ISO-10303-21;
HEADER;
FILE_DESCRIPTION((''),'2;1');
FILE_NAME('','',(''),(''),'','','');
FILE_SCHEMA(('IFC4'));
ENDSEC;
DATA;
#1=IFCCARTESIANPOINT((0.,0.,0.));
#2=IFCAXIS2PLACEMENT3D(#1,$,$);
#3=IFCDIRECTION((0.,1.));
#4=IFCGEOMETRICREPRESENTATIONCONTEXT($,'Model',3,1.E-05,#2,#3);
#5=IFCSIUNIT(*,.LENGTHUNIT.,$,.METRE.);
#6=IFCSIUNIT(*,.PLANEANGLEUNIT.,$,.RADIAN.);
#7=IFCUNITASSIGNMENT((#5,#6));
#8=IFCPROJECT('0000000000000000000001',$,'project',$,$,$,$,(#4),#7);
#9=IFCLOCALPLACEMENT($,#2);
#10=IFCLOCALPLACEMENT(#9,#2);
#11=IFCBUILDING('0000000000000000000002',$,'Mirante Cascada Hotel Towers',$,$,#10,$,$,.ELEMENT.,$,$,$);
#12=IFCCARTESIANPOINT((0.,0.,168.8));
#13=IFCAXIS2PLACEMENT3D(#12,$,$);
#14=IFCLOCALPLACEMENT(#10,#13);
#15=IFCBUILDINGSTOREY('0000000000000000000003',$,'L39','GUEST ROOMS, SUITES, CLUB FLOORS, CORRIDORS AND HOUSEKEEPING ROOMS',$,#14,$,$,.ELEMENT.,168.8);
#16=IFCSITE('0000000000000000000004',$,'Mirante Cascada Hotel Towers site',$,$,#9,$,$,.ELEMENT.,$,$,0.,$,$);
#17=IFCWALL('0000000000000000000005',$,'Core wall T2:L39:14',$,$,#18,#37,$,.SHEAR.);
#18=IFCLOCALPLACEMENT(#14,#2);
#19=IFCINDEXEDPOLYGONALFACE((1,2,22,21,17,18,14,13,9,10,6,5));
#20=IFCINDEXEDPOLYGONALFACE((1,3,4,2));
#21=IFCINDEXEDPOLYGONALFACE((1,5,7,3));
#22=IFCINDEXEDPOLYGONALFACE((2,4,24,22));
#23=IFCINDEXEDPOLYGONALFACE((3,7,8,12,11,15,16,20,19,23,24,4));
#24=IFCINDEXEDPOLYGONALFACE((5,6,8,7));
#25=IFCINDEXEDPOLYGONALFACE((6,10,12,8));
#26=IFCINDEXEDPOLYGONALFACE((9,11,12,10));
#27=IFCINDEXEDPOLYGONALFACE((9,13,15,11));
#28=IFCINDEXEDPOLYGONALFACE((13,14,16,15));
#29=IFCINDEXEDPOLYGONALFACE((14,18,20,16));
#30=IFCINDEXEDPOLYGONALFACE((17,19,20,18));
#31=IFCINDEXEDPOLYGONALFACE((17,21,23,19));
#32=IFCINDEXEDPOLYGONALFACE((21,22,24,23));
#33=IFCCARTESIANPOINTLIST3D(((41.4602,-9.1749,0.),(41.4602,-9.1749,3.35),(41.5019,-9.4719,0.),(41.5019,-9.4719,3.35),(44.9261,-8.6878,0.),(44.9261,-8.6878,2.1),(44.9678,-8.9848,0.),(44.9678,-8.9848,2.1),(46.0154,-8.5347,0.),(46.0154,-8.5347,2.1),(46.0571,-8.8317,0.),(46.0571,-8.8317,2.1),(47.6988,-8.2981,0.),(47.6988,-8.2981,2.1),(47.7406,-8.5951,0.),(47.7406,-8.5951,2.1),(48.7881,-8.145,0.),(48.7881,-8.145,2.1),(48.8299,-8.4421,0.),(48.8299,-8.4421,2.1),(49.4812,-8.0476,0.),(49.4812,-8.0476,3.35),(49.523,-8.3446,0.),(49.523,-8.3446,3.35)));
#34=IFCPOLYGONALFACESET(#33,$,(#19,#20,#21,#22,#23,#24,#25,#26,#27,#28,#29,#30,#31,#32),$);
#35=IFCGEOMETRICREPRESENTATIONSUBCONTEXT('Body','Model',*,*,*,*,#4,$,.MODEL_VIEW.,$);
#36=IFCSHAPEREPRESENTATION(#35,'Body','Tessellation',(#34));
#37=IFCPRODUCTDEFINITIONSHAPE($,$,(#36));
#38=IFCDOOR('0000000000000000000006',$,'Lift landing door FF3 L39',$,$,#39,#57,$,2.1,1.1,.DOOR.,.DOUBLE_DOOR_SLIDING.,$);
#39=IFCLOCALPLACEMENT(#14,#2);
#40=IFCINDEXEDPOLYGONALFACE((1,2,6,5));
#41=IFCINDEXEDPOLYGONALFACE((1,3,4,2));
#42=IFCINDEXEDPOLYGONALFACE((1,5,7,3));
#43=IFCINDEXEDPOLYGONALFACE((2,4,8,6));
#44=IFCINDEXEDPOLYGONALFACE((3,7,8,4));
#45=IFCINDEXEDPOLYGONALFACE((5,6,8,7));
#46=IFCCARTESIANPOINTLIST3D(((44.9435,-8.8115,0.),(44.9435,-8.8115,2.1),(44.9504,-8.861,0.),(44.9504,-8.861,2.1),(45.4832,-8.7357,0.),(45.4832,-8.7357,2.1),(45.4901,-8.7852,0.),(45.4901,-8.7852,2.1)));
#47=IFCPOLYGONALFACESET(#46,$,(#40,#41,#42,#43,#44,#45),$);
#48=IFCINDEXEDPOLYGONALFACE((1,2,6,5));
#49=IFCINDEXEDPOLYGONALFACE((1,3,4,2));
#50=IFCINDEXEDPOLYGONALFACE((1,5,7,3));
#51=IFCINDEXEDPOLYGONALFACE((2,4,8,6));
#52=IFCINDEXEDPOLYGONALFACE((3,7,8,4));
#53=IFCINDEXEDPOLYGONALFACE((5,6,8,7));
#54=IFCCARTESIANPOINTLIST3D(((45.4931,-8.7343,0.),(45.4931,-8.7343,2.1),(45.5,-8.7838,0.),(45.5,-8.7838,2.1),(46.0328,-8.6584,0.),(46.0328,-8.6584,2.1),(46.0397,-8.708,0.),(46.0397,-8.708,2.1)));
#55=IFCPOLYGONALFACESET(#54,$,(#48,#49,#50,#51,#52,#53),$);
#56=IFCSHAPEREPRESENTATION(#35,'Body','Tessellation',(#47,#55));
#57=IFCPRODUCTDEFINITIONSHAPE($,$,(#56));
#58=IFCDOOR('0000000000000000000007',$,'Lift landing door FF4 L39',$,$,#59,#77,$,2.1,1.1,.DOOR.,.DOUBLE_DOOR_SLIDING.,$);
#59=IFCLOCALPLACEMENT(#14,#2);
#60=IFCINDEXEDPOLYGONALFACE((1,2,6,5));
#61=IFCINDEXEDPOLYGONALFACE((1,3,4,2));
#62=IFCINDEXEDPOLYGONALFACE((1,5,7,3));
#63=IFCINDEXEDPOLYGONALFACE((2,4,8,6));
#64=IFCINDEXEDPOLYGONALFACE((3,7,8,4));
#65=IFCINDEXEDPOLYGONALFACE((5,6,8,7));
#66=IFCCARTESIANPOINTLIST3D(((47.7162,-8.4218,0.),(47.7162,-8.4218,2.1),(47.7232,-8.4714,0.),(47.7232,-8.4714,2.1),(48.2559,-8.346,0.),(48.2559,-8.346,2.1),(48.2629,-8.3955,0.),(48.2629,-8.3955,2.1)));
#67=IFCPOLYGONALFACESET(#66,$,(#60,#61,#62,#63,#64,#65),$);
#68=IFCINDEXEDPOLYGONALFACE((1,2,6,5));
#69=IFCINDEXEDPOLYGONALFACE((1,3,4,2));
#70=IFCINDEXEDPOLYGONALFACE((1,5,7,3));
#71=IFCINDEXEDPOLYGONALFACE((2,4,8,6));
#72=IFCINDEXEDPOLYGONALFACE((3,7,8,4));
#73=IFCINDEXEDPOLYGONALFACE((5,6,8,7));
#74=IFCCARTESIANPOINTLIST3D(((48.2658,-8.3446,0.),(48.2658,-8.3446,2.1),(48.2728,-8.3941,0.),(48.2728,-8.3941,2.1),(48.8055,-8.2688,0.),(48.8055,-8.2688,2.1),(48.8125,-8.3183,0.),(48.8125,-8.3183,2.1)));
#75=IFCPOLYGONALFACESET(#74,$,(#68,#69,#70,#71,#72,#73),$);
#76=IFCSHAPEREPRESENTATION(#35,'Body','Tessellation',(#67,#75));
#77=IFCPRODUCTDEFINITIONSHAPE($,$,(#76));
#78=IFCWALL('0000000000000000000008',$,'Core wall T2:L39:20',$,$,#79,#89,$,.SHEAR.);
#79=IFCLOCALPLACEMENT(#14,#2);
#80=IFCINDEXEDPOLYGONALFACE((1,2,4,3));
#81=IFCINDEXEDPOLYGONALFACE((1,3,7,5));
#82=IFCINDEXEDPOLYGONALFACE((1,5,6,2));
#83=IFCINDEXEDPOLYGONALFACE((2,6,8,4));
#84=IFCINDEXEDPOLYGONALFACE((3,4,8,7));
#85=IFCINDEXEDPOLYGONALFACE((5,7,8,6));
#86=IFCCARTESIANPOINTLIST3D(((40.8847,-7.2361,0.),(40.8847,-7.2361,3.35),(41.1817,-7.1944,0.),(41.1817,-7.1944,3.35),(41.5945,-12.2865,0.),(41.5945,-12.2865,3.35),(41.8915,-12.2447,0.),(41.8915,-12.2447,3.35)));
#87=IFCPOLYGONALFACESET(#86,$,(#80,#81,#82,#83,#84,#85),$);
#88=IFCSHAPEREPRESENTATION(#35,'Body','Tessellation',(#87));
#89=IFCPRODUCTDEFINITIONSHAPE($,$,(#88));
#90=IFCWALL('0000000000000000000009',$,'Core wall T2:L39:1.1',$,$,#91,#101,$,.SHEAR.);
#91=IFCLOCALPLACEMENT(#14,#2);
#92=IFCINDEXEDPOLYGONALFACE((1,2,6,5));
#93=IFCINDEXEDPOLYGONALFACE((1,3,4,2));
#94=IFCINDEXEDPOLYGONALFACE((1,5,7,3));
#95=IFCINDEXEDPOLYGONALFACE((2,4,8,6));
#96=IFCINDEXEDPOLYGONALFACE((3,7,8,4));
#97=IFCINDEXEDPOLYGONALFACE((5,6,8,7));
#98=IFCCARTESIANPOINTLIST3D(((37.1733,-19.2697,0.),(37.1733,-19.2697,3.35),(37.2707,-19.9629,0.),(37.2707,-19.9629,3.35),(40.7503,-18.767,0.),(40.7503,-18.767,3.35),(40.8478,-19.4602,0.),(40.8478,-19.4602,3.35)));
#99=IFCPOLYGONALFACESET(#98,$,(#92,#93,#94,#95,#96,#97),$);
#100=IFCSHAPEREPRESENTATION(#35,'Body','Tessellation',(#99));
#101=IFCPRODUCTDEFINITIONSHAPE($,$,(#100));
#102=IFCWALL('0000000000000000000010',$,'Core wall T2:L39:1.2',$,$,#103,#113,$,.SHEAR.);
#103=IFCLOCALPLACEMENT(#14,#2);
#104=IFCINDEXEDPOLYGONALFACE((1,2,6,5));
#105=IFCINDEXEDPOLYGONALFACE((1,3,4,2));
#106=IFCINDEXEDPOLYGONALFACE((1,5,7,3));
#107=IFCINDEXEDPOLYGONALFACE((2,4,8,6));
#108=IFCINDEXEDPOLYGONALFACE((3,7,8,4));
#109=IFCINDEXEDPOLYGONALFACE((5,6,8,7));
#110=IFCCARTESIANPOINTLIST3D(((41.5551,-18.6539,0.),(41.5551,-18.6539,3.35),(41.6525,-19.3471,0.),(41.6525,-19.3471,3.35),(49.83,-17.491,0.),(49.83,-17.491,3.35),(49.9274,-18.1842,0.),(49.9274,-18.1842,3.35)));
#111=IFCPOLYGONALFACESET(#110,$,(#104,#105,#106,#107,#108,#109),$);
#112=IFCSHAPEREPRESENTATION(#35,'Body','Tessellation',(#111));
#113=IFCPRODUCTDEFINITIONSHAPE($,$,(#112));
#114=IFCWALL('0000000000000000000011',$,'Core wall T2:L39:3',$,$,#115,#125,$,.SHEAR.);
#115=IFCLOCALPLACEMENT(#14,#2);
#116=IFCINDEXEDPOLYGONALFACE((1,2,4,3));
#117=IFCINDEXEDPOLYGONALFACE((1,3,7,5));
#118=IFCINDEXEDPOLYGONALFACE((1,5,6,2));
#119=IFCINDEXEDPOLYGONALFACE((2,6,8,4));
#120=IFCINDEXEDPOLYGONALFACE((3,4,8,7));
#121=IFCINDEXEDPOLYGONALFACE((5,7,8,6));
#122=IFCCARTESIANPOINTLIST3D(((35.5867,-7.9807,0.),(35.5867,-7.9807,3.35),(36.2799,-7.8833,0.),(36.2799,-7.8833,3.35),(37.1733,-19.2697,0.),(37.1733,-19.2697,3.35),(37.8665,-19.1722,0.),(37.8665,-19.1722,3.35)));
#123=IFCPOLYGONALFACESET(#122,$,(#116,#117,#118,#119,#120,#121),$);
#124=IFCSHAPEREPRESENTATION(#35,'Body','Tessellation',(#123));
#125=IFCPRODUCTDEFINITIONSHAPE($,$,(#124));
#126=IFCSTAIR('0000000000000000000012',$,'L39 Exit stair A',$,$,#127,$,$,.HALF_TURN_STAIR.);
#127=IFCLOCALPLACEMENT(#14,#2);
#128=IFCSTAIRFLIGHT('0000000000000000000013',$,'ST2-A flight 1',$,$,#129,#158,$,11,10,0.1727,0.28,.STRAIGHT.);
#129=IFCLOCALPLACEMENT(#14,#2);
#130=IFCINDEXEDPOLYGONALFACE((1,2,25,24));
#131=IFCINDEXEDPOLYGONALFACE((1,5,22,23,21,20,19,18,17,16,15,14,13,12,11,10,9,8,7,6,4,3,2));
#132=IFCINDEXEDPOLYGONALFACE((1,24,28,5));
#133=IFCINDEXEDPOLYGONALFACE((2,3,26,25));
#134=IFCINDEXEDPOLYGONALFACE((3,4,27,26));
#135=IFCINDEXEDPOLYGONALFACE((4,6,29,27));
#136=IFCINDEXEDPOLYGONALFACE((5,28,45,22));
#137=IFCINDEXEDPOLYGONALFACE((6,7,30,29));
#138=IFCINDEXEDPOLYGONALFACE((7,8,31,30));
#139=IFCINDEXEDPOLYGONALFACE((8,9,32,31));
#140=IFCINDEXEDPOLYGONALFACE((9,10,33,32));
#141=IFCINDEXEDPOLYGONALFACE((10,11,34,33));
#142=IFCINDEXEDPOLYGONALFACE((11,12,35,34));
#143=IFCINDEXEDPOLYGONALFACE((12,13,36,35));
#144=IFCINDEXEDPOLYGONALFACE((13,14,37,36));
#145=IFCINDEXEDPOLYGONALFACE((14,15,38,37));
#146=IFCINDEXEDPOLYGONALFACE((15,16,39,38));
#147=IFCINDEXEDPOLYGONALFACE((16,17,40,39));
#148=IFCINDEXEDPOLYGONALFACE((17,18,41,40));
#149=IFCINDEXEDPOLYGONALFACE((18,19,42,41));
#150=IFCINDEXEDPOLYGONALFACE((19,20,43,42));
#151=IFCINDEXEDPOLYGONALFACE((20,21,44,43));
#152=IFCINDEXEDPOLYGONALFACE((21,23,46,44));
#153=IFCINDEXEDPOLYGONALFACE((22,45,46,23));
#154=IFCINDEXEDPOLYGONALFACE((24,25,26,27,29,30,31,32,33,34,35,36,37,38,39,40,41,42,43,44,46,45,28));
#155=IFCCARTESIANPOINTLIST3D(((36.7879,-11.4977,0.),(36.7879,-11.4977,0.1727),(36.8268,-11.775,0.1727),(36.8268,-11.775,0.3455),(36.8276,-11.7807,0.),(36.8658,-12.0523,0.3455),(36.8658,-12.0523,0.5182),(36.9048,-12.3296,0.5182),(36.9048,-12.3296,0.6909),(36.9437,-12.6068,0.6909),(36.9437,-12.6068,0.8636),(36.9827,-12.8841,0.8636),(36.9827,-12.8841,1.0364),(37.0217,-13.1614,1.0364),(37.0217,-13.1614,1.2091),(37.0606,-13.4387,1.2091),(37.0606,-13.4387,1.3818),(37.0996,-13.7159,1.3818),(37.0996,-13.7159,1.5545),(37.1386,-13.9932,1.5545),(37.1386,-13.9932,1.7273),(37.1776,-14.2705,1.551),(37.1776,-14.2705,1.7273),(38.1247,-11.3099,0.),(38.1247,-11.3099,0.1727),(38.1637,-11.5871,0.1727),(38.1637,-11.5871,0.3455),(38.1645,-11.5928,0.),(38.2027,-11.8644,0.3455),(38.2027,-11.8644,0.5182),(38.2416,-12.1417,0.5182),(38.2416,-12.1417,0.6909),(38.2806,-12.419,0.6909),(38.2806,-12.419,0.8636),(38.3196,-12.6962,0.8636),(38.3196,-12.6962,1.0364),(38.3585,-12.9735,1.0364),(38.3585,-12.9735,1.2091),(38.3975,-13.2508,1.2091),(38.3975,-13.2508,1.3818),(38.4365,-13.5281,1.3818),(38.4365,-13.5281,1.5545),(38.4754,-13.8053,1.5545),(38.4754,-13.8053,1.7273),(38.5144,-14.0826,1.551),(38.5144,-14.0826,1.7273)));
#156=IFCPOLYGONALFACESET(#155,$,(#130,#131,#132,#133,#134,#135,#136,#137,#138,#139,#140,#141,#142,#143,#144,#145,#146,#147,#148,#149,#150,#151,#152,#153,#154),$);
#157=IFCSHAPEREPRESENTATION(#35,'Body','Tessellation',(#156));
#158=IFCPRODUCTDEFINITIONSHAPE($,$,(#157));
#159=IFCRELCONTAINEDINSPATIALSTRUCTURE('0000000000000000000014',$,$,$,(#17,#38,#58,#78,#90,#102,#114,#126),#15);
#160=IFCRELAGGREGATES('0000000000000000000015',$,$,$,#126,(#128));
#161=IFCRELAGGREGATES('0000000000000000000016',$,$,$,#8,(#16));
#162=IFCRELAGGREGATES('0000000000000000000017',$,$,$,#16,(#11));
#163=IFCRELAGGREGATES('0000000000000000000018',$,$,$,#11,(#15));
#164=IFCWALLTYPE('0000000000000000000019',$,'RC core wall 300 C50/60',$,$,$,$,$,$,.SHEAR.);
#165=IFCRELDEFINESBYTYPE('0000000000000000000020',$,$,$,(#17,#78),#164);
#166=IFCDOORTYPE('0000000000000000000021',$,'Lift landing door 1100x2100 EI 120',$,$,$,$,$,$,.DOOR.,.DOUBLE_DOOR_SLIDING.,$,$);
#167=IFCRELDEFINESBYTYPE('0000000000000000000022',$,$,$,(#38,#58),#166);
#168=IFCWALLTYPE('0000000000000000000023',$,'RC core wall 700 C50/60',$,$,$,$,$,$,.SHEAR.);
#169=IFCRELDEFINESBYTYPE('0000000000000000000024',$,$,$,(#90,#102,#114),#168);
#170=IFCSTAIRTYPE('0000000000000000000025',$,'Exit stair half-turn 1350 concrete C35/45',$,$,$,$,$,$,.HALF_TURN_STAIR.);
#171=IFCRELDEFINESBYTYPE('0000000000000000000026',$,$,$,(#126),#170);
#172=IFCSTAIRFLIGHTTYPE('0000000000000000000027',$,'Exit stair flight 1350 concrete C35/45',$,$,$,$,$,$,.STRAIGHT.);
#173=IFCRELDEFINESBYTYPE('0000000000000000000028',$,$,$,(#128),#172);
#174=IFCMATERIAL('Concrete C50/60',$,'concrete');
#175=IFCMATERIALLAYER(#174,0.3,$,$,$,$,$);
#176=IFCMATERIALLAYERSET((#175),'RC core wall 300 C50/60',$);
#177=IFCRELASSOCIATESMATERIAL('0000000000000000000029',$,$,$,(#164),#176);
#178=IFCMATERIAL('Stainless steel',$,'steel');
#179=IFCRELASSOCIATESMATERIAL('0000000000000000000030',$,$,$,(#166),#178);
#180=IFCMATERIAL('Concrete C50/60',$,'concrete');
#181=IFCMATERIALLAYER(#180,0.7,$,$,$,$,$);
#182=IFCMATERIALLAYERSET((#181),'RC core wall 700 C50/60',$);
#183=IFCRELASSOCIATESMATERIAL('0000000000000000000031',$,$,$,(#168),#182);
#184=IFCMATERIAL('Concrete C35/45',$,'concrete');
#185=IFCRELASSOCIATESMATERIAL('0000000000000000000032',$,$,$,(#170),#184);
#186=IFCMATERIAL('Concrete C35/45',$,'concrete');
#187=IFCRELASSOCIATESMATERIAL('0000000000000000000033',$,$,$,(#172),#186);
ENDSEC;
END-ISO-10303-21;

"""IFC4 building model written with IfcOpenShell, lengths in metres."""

from ifc_helpers import new_model, si_unit, direction, frame, frame_2d, origin, place, context, subcontext, project, spatial, polyline, rectangle, outline, extrude, material, layer, layer_set, type_object, element, fill, aggregate, save


model = new_model("IFC4")

# Units and contexts
model_context = context("Model", 3, precision=1e-05, world=origin(), true_north=direction((0.0, 1.0)))
body_context = subcontext(model_context, "Body", "Model", "MODEL_VIEW")
ifc_project = project(units=[si_unit("LENGTHUNIT", "METRE"), si_unit("PLANEANGLEUNIT", "RADIAN")], contexts=[model_context])

# Site, building, storey
site_placement = place(None, origin())
site = spatial("IfcSite", under=ifc_project, at=site_placement, Name="Mirante Cascada Hotel Towers site", CompositionType="ELEMENT", RefElevation=0.0)
building_placement = place(site_placement, origin())
building = spatial("IfcBuilding", under=site, at=building_placement, Name="Mirante Cascada Hotel Towers", CompositionType="ELEMENT")
storey_placement = place(building_placement, frame((0.0, 0.0, 168.8)))
storey = spatial("IfcBuildingStorey", under=building, at=storey_placement, Name="L39", Description="GUEST ROOMS, SUITES, CLUB FLOORS, CORRIDORS AND HOUSEKEEPING ROOMS", CompositionType="ELEMENT", Elevation=168.8)

# Shared definitions
ifc_material_1 = material(Name="Concrete C50/60", Category="concrete")
ifc_layer_1 = layer(ifc_material_1, 0.3)
ifc_layer_set_1 = layer_set([ifc_layer_1], Name="RC core wall 300 C50/60")
wall_type_1 = type_object("IfcWallType", Name="RC core wall 300 C50/60", PredefinedType="SHEAR", material=ifc_layer_set_1)

# Shared definitions
ifc_material_2 = material(Name="Stainless steel", Category="steel")
door_type_1 = type_object("IfcDoorType", Name="Lift landing door 1100x2100 EI 120", OperationType="DOUBLE_DOOR_SLIDING", PredefinedType="DOOR", material=ifc_material_2)

# Wall, openings, doors
wall_1_placement = place(storey_placement, frame((41.481, -9.3234, 0.0), z_axis=(0.0, 0.0, 1.0), x_axis=(0.990268, 0.139174, 0.0)))
wall_1 = element("IfcWall", 1, at=wall_1_placement, inside=storey, type_object=wall_type_1, Name="Core wall T2:L39:14", PredefinedType="SHEAR", context=body_context, shape_type="SweptSolid", body=[
    extrude(rectangle(XDim=8.0999, YDim=0.3, at=frame_2d((4.05, 0.0))), origin(), (0.0, 0.0, 1.0), 3.35),
])
opening_1_placement = place(wall_1_placement, frame((3.5, 0.0, 0.0)))
opening_1 = element("IfcOpeningElement", 2, at=opening_1_placement, cuts=wall_1, PredefinedType="OPENING", context=body_context, shape_type="SweptSolid", body=[
    extrude(rectangle(XDim=1.1, YDim=2.1, at=frame_2d((0.55, 1.05))), frame((0.0, 0.15, 0.0), z_axis=(0.0, -1.0, 0.0), x_axis=(1.0, 0.0, 0.0)), (0.0, 0.0, 1.0), 0.3),
])
opening_2_placement = place(wall_1_placement, frame((6.3, 0.0, 0.0)))
opening_2 = element("IfcOpeningElement", 3, at=opening_2_placement, cuts=wall_1, PredefinedType="OPENING", context=body_context, shape_type="SweptSolid", body=[
    extrude(rectangle(XDim=1.1, YDim=2.1, at=frame_2d((0.55, 1.05))), frame((0.0, 0.15, 0.0), z_axis=(0.0, -1.0, 0.0), x_axis=(1.0, 0.0, 0.0)), (0.0, 0.0, 1.0), 0.3),
])
door_1_placement = place(opening_1_placement, origin())
door_1 = element("IfcDoor", 4, at=door_1_placement, inside=storey, type_object=door_type_1, Name="Lift landing door FF3 L39", OperationType="DOUBLE_DOOR_SLIDING", OverallHeight=2.1, OverallWidth=1.1, PredefinedType="DOOR", context=body_context, shape_type="SweptSolid", body=[
    extrude(rectangle(XDim=0.545, YDim=2.1, at=frame_2d((0.2725, 1.05))), frame((0.0, 0.025, 0.0), z_axis=(0.0, -1.0, 0.0), x_axis=(1.0, 0.0, 0.0)), (0.0, 0.0, 1.0), 0.05),
    extrude(rectangle(XDim=0.545, YDim=2.1, at=frame_2d((0.8275, 1.05))), frame((0.0, 0.025, 0.0), z_axis=(0.0, -1.0, 0.0), x_axis=(1.0, 0.0, 0.0)), (0.0, 0.0, 1.0), 0.05),
])
fill(opening_1, door_1)
door_2_placement = place(opening_2_placement, origin())
door_2 = element("IfcDoor", 5, at=door_2_placement, inside=storey, type_object=door_type_1, Name="Lift landing door FF4 L39", OperationType="DOUBLE_DOOR_SLIDING", OverallHeight=2.1, OverallWidth=1.1, PredefinedType="DOOR", context=body_context, shape_type="SweptSolid", body=[
    extrude(rectangle(XDim=0.545, YDim=2.1, at=frame_2d((0.2725, 1.05))), frame((0.0, 0.025, 0.0), z_axis=(0.0, -1.0, 0.0), x_axis=(1.0, 0.0, 0.0)), (0.0, 0.0, 1.0), 0.05),
    extrude(rectangle(XDim=0.545, YDim=2.1, at=frame_2d((0.8275, 1.05))), frame((0.0, 0.025, 0.0), z_axis=(0.0, -1.0, 0.0), x_axis=(1.0, 0.0, 0.0)), (0.0, 0.0, 1.0), 0.05),
])
fill(opening_2, door_2)

# Walls
wall_2_placement = place(storey_placement, frame((41.743, -12.2656, 0.0), z_axis=(0.0, 0.0, 1.0), x_axis=(-0.139176, 0.990268, 0.0)))
element("IfcWall", 6, at=wall_2_placement, inside=storey, type_object=wall_type_1, Name="Core wall T2:L39:20", PredefinedType="SHEAR", context=body_context, shape_type="SweptSolid", body=[
    extrude(rectangle(XDim=5.1, YDim=0.3, at=frame_2d((2.55, 0.0))), origin(), (0.0, 0.0, 1.0), 3.35),
])
ifc_material_3 = material(Name="Concrete C50/60", Category="concrete")
ifc_layer_2 = layer(ifc_material_3, 0.7)
ifc_layer_set_2 = layer_set([ifc_layer_2], Name="RC core wall 700 C50/60")
wall_type_2 = type_object("IfcWallType", Name="RC core wall 700 C50/60", PredefinedType="SHEAR", material=ifc_layer_set_2)
wall_3_placement = place(storey_placement, frame((37.222, -19.6163, 0.0), z_axis=(0.0, 0.0, 1.0), x_axis=(0.990269, 0.139169, 0.0)))
element("IfcWall", 7, at=wall_3_placement, inside=storey, type_object=wall_type_2, Name="Core wall T2:L39:1.1", PredefinedType="SHEAR", context=body_context, shape_type="SweptSolid", body=[
    extrude(rectangle(XDim=3.6122, YDim=0.7, at=frame_2d((1.8061, 0.0))), origin(), (0.0, 0.0, 1.0), 3.35),
])
wall_4_placement = place(storey_placement, frame((41.6038, -19.0005, 0.0), z_axis=(0.0, 0.0, 1.0), x_axis=(0.990269, 0.139166, 0.0)))
element("IfcWall", 8, at=wall_4_placement, inside=storey, type_object=wall_type_2, Name="Core wall T2:L39:1.2", PredefinedType="SHEAR", context=body_context, shape_type="SweptSolid", body=[
    extrude(rectangle(XDim=8.3562, YDim=0.7, at=frame_2d((4.1781, 0.0))), origin(), (0.0, 0.0, 1.0), 3.35),
])
wall_5_placement = place(storey_placement, frame((37.5199, -19.221, 0.0), z_axis=(0.0, 0.0, 1.0), x_axis=(-0.139176, 0.990268, 0.0)))
element("IfcWall", 9, at=wall_5_placement, inside=storey, type_object=wall_type_2, Name="Core wall T2:L39:3", PredefinedType="SHEAR", context=body_context, shape_type="SweptSolid", body=[
    extrude(rectangle(XDim=11.3999, YDim=0.7, at=frame_2d((5.7, 0.0))), origin(), (0.0, 0.0, 1.0), 3.35),
])

# Stair, stair flight
ifc_material_4 = material(Name="Concrete C35/45", Category="concrete")
stair_type = type_object("IfcStairType", Name="Exit stair half-turn 1350 concrete C35/45", PredefinedType="HALF_TURN_STAIR", material=ifc_material_4)
stair_placement = place(storey_placement, origin())
stair = element("IfcStair", 10, at=stair_placement, inside=storey, type_object=stair_type, Name="L39 Exit stair A", PredefinedType="HALF_TURN_STAIR")
ifc_material_5 = material(Name="Concrete C35/45", Category="concrete")
stair_flight_type = type_object("IfcStairFlightType", Name="Exit stair flight 1350 concrete C35/45", PredefinedType="STRAIGHT", material=ifc_material_5)
stair_flight_1_placement = place(storey_placement, frame((37.4563, -11.4038, 0.0), z_axis=(0.0, 0.0, 1.0), x_axis=(0.139173, -0.990268, 0.0)))
stair_flight_1 = element("IfcStairFlight", 11, at=stair_flight_1_placement, type_object=stair_flight_type, Name="ST2-A flight 1", NumberOfRisers=11, NumberOfTreads=10, PredefinedType="STRAIGHT", RiserHeight=0.1727, TreadLength=0.28, context=body_context, shape_type="SweptSolid", body=[
    extrude(outline(polyline([(0.0, 0.0), (0.0, 0.1727), (0.28, 0.1727), (0.28, 0.3455), (0.56, 0.3455), (0.56, 0.5182), (0.84, 0.5182), (0.84, 0.6909), (1.12, 0.6909), (1.12, 0.8636), (1.4, 0.8636), (1.4, 1.0364), (1.68, 1.0364), (1.68, 1.2091), (1.96, 1.2091), (1.96, 1.3818), (2.24, 1.3818), (2.24, 1.5545), (2.52, 1.5545), (2.52, 1.7273), (2.8, 1.7273), (2.8, 1.9), (2.8, 1.551), (0.2857, 0.0), (0.0, 0.0)])), frame((0.0, 0.675, 0.0), z_axis=(0.0, -1.0, 0.0), x_axis=(1.0, 0.0, 0.0)), (0.0, 0.0, 1.0), 1.35),
])
aggregate(stair, [stair_flight_1])

save(model, "model.ifc")
